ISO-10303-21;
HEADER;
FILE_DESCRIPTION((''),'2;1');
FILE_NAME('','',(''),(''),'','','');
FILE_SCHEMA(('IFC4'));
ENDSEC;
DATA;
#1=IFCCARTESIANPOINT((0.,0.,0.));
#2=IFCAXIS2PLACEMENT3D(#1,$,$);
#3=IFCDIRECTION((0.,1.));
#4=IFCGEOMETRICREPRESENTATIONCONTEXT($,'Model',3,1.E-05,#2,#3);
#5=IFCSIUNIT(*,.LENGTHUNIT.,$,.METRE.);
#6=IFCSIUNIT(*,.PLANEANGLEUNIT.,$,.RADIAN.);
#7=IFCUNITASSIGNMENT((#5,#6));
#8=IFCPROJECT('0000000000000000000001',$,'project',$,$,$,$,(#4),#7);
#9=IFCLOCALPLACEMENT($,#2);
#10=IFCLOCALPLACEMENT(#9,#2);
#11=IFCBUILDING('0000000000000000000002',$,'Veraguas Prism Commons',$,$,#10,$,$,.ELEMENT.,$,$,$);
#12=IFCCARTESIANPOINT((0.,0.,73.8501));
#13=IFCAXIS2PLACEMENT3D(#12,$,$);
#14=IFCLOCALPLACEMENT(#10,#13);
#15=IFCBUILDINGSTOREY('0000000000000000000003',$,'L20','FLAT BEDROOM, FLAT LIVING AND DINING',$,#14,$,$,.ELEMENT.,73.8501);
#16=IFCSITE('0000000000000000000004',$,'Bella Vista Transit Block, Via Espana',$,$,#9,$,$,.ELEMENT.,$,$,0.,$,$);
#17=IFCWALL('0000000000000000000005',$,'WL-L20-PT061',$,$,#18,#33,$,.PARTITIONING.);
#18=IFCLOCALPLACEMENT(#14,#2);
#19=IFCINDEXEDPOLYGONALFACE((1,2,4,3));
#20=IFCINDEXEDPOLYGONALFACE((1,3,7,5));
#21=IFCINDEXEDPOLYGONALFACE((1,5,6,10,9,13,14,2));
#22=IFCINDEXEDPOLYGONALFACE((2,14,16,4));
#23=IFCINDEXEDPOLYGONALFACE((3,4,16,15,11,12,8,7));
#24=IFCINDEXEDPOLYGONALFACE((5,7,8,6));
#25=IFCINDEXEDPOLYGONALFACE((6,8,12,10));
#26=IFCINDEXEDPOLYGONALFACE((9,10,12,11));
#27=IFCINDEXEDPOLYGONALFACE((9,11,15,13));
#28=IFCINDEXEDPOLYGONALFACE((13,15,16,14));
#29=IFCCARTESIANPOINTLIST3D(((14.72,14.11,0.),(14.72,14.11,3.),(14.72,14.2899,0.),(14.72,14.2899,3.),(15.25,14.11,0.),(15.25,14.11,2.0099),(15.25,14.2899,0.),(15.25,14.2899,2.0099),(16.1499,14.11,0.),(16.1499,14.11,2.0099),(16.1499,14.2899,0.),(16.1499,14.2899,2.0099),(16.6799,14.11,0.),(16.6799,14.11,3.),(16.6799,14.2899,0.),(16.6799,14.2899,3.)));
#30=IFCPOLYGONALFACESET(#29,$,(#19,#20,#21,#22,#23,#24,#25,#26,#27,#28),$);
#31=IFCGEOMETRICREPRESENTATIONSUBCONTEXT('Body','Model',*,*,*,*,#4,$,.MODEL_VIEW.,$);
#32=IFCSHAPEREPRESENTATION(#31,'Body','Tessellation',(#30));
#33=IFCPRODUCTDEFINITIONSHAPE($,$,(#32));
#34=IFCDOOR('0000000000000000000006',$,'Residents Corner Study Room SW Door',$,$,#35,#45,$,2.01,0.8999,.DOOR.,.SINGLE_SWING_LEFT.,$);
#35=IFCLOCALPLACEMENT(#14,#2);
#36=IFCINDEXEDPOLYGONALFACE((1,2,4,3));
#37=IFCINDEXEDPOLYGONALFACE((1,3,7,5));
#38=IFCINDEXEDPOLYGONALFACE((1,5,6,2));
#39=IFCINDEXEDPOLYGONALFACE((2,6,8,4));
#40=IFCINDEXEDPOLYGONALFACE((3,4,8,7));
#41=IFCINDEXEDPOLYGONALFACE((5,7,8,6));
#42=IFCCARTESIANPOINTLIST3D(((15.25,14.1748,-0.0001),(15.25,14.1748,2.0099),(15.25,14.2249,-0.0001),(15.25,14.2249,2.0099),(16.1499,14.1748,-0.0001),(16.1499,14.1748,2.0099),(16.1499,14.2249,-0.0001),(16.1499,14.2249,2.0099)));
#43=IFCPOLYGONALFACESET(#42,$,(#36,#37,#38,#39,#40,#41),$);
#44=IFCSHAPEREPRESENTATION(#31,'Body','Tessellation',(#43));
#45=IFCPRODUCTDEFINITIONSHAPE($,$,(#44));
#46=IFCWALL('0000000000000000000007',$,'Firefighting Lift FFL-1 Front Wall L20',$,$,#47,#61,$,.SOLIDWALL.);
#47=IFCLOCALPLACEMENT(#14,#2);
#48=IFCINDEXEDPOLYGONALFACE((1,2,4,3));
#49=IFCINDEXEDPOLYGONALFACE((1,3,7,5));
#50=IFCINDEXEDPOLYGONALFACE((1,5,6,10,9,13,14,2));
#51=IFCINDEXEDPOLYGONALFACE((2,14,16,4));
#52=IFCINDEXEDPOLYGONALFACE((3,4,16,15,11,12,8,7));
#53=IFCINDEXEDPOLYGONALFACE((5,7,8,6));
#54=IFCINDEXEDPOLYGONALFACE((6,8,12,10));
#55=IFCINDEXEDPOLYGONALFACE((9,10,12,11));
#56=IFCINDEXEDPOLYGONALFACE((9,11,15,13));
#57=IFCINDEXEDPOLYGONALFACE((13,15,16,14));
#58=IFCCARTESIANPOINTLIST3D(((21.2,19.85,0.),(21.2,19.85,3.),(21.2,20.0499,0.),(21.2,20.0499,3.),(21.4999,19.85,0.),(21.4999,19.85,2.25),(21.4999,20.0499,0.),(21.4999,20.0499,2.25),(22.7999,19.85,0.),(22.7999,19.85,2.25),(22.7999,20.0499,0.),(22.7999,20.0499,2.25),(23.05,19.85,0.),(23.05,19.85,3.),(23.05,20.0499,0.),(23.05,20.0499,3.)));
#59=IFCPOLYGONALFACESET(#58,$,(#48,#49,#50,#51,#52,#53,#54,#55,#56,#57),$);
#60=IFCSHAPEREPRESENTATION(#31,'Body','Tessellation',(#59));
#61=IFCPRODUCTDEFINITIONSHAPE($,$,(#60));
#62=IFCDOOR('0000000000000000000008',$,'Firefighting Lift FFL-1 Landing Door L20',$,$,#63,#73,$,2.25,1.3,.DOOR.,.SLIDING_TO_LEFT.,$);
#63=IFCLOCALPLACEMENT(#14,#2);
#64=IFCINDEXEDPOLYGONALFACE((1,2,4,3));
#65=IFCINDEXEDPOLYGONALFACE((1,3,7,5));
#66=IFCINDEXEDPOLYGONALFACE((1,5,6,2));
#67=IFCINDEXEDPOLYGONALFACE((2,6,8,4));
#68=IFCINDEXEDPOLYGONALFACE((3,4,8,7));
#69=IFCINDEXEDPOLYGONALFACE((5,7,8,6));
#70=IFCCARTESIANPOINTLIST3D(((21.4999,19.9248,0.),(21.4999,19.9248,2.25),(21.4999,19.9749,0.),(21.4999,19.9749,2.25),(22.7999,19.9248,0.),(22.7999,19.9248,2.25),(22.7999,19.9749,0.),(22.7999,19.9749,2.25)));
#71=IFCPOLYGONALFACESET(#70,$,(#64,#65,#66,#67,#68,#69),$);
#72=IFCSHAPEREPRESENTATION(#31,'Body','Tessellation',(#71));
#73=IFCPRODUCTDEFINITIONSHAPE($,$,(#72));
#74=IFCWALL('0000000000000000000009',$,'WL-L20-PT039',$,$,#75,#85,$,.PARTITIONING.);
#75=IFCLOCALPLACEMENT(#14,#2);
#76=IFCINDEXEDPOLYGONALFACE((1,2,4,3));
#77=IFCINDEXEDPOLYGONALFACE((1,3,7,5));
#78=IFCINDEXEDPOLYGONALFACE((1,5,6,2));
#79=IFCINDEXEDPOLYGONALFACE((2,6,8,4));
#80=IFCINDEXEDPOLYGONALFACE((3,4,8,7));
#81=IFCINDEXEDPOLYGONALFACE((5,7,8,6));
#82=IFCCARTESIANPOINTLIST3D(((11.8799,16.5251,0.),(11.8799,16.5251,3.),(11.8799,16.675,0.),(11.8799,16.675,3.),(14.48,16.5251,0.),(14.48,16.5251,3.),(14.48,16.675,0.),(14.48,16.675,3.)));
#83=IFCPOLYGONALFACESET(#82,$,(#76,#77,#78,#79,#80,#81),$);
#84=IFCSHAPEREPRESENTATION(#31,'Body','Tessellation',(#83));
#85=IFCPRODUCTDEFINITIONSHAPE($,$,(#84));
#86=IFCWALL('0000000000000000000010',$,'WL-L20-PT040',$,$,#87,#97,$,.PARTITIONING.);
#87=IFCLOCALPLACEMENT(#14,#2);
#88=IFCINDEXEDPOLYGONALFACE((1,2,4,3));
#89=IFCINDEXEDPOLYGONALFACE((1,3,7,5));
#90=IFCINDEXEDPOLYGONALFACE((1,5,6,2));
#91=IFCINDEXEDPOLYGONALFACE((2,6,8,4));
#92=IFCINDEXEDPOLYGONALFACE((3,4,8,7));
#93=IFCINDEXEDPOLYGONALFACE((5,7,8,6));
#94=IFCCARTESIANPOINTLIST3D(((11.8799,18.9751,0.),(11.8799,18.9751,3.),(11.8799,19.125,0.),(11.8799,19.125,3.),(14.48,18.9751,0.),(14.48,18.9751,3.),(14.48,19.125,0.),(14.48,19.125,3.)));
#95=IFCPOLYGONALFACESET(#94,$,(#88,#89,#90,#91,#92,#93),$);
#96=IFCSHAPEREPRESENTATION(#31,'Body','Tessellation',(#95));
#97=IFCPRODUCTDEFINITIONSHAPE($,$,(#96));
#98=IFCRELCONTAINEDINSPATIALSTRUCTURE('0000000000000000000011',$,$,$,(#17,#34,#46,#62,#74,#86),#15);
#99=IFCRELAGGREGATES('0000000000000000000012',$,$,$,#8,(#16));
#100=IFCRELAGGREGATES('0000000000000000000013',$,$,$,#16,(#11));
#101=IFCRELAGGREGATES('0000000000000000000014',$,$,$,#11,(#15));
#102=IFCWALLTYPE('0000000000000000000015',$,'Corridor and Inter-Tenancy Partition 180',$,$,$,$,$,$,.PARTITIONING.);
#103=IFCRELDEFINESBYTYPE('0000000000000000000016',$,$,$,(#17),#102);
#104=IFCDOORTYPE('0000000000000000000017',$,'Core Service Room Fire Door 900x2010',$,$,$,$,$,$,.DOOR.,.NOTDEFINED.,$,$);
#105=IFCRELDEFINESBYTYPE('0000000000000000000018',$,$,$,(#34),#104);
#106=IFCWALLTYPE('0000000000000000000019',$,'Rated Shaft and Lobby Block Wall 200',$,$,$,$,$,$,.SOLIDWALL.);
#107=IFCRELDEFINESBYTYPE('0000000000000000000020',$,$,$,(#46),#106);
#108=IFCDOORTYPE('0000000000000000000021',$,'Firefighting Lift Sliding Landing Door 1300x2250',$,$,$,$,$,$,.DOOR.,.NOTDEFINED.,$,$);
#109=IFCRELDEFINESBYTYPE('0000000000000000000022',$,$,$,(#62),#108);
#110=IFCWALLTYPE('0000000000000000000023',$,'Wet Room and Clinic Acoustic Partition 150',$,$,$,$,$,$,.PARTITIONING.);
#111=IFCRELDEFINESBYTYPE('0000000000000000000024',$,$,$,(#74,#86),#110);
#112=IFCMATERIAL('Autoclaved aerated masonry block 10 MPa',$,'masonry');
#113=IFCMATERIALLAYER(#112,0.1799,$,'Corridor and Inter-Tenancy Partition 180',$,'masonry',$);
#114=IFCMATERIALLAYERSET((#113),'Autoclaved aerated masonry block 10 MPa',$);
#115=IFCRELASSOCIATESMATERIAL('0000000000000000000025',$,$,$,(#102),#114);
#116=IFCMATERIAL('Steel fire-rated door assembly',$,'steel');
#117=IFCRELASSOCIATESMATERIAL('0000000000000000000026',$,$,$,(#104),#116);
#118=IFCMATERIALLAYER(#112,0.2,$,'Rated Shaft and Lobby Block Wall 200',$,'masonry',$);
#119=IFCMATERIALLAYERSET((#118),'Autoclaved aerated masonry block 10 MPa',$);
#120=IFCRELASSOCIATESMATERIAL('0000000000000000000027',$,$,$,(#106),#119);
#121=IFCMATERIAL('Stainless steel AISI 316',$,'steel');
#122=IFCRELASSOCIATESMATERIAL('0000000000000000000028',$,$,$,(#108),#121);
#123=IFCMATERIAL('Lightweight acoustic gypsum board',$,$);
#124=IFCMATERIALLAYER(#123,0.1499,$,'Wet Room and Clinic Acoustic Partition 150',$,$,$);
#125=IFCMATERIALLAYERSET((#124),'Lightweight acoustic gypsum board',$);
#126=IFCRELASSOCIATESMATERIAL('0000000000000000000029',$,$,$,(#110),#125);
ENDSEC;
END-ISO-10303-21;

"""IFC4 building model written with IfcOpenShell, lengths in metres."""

from ifc_helpers import new_model, si_unit, direction, frame, frame_2d, origin, place, context, subcontext, project, spatial, rectangle, extrude, source, transform, mapped, material, layer, layer_set, type_object, element, fill, save


model = new_model("IFC4")

# Units and contexts
model_context = context("Model", 3, precision=1e-05, world=origin(), true_north=direction((0.0, 1.0)))
body_context = subcontext(model_context, "Body", "Model", "MODEL_VIEW")
ifc_project = project(units=[si_unit("LENGTHUNIT", "METRE"), si_unit("PLANEANGLEUNIT", "RADIAN")], contexts=[model_context])

# Site, building, storey
site_placement = place(None, origin())
site = spatial("IfcSite", under=ifc_project, at=site_placement, Name="Bella Vista Transit Block, Via Espana", CompositionType="ELEMENT", RefElevation=0.0)
building_placement = place(site_placement, origin())
building = spatial("IfcBuilding", under=site, at=building_placement, Name="Veraguas Prism Commons", CompositionType="ELEMENT")
storey_placement = place(building_placement, frame((0.0, 0.0, 73.8501)))
storey = spatial("IfcBuildingStorey", under=building, at=storey_placement, Name="L20", Description="FLAT BEDROOM, FLAT LIVING AND DINING", CompositionType="ELEMENT", Elevation=73.8501)

# Shared definitions
ifc_material_1 = material(Name="Steel fire-rated door assembly", Category="steel")

# Shared definitions
ifc_material_2 = material(Name="Autoclaved aerated masonry block 10 MPa", Category="masonry")
ifc_layer_1 = layer(ifc_material_2, 0.1799, Name="Corridor and Inter-Tenancy Partition 180", Category="masonry")
ifc_layer_set_1 = layer_set([ifc_layer_1], Name="Autoclaved aerated masonry block 10 MPa")
wall_type_1 = type_object("IfcWallType", Name="Corridor and Inter-Tenancy Partition 180", PredefinedType="PARTITIONING", material=ifc_layer_set_1)

# Walls, openings, doors
wall_1_placement = place(storey_placement, frame((14.72, 14.2, 0.0), z_axis=(0.0, 0.0, 1.0), x_axis=(1.0, 0.0, 0.0)))
wall_1 = element("IfcWall", 1, at=wall_1_placement, inside=storey, type_object=wall_type_1, Name="WL-L20-PT061", PredefinedType="PARTITIONING", context=body_context, shape_type="SweptSolid", body=[
    extrude(rectangle(XDim=1.96, YDim=0.1799, at=frame_2d((0.98, 0.0))), origin(), (0.0, 0.0, 1.0), 3.0),
])
opening_1_placement = place(wall_1_placement, frame((0.53, 0.0, 0.0)))
opening_1 = element("IfcOpeningElement", 2, at=opening_1_placement, cuts=wall_1, PredefinedType="OPENING", context=body_context, shape_type="SweptSolid", body=[
    extrude(rectangle(XDim=0.8999, YDim=2.01, at=frame_2d((0.45, 1.0049))), frame((0.0, 0.0999, 0.0), z_axis=(0.0, -1.0, 0.0), x_axis=(1.0, 0.0, 0.0)), (0.0, 0.0, 1.0), 0.2),
])
door_type_1 = type_object("IfcDoorType", Name="Core Service Room Fire Door 900x2010", OperationType="NOTDEFINED", PredefinedType="DOOR", material=ifc_material_1)
shared_shape_1 = source(origin(), body_context, "Body", "SweptSolid", [
    extrude(rectangle(XDim=0.8999, YDim=2.01, at=frame_2d((0.45, 1.0049))), frame((0.0, 0.0249, 0.0), z_axis=(0.0, -1.0, 0.0), x_axis=(1.0, 0.0, 0.0)), (0.0, 0.0, 1.0), 0.05),
])
door_1_placement = place(opening_1_placement, origin())
door_1 = element("IfcDoor", 3, at=door_1_placement, inside=storey, type_object=door_type_1, Name="Residents Corner Study Room SW Door", OperationType="SINGLE_SWING_LEFT", OverallHeight=2.01, OverallWidth=0.8999, PredefinedType="DOOR", context=body_context, shape_type="MappedRepresentation", body=[
    mapped(shared_shape_1, transform((0.0, 0.0, 0.0), scale=1.0)),
])
fill(opening_1, door_1)
ifc_layer_2 = layer(ifc_material_2, 0.2, Name="Rated Shaft and Lobby Block Wall 200", Category="masonry")
ifc_layer_set_2 = layer_set([ifc_layer_2], Name="Autoclaved aerated masonry block 10 MPa")
wall_type_2 = type_object("IfcWallType", Name="Rated Shaft and Lobby Block Wall 200", PredefinedType="SOLIDWALL", material=ifc_layer_set_2)
wall_2_placement = place(storey_placement, frame((21.2, 19.95, 0.0), z_axis=(0.0, 0.0, 1.0), x_axis=(1.0, 0.0, 0.0)))
wall_2 = element("IfcWall", 4, at=wall_2_placement, inside=storey, type_object=wall_type_2, Name="Firefighting Lift FFL-1 Front Wall L20", PredefinedType="SOLIDWALL", context=body_context, shape_type="SweptSolid", body=[
    extrude(rectangle(XDim=1.8501, YDim=0.2, at=frame_2d((0.925, 0.0))), origin(), (0.0, 0.0, 1.0), 3.0),
])
opening_2_placement = place(wall_2_placement, frame((0.3, 0.0, 0.0)))
opening_2 = element("IfcOpeningElement", 5, at=opening_2_placement, cuts=wall_2, PredefinedType="OPENING", context=body_context, shape_type="SweptSolid", body=[
    extrude(rectangle(XDim=1.3, YDim=2.25, at=frame_2d((0.6499, 1.125))), frame((0.0, 0.1099, 0.0), z_axis=(0.0, -1.0, 0.0), x_axis=(1.0, 0.0, 0.0)), (0.0, 0.0, 1.0), 0.22),
])
ifc_material_3 = material(Name="Stainless steel AISI 316", Category="steel")
door_type_2 = type_object("IfcDoorType", Name="Firefighting Lift Sliding Landing Door 1300x2250", OperationType="NOTDEFINED", PredefinedType="DOOR", material=ifc_material_3)
shared_shape_2 = source(origin(), body_context, "Body", "SweptSolid", [
    extrude(rectangle(XDim=1.3, YDim=2.25, at=frame_2d((0.6499, 1.125))), frame((0.0, 0.0249, 0.0), z_axis=(0.0, -1.0, 0.0), x_axis=(1.0, 0.0, 0.0)), (0.0, 0.0, 1.0), 0.05),
])
door_2_placement = place(opening_2_placement, origin())
door_2 = element("IfcDoor", 6, at=door_2_placement, inside=storey, type_object=door_type_2, Name="Firefighting Lift FFL-1 Landing Door L20", OperationType="SLIDING_TO_LEFT", OverallHeight=2.25, OverallWidth=1.3, PredefinedType="DOOR", context=body_context, shape_type="MappedRepresentation", body=[
    mapped(shared_shape_2, transform((0.0, 0.0, 0.0), scale=1.0)),
])
fill(opening_2, door_2)

# Walls
ifc_material_4 = material(Name="Lightweight acoustic gypsum board")
ifc_layer_3 = layer(ifc_material_4, 0.1499, Name="Wet Room and Clinic Acoustic Partition 150")
ifc_layer_set_3 = layer_set([ifc_layer_3], Name="Lightweight acoustic gypsum board")
wall_type_3 = type_object("IfcWallType", Name="Wet Room and Clinic Acoustic Partition 150", PredefinedType="PARTITIONING", material=ifc_layer_set_3)
for number, where, z_axis, x_axis, name in (
    (7, (14.48, 16.6001, 0.0), (0.0, 0.0, 1.0), (-1.0, 0.0, 0.0), "WL-L20-PT039"),
    (8, (14.48, 19.05, 0.0), (0.0, 0.0, 1.0), (-1.0, 0.0, 0.0), "WL-L20-PT040"),
):
    element("IfcWall", number, at=place(storey_placement, frame(where, z_axis=z_axis, x_axis=x_axis)), inside=storey, type_object=wall_type_3, Name=name, PredefinedType="PARTITIONING", context=body_context, shape_type="SweptSolid", body=[
        extrude(rectangle(XDim=2.6001, YDim=0.1499, at=frame_2d((1.3, 0.0))), origin(), (0.0, 0.0, 1.0), 3.0),
    ])

save(model, "model.ifc")
